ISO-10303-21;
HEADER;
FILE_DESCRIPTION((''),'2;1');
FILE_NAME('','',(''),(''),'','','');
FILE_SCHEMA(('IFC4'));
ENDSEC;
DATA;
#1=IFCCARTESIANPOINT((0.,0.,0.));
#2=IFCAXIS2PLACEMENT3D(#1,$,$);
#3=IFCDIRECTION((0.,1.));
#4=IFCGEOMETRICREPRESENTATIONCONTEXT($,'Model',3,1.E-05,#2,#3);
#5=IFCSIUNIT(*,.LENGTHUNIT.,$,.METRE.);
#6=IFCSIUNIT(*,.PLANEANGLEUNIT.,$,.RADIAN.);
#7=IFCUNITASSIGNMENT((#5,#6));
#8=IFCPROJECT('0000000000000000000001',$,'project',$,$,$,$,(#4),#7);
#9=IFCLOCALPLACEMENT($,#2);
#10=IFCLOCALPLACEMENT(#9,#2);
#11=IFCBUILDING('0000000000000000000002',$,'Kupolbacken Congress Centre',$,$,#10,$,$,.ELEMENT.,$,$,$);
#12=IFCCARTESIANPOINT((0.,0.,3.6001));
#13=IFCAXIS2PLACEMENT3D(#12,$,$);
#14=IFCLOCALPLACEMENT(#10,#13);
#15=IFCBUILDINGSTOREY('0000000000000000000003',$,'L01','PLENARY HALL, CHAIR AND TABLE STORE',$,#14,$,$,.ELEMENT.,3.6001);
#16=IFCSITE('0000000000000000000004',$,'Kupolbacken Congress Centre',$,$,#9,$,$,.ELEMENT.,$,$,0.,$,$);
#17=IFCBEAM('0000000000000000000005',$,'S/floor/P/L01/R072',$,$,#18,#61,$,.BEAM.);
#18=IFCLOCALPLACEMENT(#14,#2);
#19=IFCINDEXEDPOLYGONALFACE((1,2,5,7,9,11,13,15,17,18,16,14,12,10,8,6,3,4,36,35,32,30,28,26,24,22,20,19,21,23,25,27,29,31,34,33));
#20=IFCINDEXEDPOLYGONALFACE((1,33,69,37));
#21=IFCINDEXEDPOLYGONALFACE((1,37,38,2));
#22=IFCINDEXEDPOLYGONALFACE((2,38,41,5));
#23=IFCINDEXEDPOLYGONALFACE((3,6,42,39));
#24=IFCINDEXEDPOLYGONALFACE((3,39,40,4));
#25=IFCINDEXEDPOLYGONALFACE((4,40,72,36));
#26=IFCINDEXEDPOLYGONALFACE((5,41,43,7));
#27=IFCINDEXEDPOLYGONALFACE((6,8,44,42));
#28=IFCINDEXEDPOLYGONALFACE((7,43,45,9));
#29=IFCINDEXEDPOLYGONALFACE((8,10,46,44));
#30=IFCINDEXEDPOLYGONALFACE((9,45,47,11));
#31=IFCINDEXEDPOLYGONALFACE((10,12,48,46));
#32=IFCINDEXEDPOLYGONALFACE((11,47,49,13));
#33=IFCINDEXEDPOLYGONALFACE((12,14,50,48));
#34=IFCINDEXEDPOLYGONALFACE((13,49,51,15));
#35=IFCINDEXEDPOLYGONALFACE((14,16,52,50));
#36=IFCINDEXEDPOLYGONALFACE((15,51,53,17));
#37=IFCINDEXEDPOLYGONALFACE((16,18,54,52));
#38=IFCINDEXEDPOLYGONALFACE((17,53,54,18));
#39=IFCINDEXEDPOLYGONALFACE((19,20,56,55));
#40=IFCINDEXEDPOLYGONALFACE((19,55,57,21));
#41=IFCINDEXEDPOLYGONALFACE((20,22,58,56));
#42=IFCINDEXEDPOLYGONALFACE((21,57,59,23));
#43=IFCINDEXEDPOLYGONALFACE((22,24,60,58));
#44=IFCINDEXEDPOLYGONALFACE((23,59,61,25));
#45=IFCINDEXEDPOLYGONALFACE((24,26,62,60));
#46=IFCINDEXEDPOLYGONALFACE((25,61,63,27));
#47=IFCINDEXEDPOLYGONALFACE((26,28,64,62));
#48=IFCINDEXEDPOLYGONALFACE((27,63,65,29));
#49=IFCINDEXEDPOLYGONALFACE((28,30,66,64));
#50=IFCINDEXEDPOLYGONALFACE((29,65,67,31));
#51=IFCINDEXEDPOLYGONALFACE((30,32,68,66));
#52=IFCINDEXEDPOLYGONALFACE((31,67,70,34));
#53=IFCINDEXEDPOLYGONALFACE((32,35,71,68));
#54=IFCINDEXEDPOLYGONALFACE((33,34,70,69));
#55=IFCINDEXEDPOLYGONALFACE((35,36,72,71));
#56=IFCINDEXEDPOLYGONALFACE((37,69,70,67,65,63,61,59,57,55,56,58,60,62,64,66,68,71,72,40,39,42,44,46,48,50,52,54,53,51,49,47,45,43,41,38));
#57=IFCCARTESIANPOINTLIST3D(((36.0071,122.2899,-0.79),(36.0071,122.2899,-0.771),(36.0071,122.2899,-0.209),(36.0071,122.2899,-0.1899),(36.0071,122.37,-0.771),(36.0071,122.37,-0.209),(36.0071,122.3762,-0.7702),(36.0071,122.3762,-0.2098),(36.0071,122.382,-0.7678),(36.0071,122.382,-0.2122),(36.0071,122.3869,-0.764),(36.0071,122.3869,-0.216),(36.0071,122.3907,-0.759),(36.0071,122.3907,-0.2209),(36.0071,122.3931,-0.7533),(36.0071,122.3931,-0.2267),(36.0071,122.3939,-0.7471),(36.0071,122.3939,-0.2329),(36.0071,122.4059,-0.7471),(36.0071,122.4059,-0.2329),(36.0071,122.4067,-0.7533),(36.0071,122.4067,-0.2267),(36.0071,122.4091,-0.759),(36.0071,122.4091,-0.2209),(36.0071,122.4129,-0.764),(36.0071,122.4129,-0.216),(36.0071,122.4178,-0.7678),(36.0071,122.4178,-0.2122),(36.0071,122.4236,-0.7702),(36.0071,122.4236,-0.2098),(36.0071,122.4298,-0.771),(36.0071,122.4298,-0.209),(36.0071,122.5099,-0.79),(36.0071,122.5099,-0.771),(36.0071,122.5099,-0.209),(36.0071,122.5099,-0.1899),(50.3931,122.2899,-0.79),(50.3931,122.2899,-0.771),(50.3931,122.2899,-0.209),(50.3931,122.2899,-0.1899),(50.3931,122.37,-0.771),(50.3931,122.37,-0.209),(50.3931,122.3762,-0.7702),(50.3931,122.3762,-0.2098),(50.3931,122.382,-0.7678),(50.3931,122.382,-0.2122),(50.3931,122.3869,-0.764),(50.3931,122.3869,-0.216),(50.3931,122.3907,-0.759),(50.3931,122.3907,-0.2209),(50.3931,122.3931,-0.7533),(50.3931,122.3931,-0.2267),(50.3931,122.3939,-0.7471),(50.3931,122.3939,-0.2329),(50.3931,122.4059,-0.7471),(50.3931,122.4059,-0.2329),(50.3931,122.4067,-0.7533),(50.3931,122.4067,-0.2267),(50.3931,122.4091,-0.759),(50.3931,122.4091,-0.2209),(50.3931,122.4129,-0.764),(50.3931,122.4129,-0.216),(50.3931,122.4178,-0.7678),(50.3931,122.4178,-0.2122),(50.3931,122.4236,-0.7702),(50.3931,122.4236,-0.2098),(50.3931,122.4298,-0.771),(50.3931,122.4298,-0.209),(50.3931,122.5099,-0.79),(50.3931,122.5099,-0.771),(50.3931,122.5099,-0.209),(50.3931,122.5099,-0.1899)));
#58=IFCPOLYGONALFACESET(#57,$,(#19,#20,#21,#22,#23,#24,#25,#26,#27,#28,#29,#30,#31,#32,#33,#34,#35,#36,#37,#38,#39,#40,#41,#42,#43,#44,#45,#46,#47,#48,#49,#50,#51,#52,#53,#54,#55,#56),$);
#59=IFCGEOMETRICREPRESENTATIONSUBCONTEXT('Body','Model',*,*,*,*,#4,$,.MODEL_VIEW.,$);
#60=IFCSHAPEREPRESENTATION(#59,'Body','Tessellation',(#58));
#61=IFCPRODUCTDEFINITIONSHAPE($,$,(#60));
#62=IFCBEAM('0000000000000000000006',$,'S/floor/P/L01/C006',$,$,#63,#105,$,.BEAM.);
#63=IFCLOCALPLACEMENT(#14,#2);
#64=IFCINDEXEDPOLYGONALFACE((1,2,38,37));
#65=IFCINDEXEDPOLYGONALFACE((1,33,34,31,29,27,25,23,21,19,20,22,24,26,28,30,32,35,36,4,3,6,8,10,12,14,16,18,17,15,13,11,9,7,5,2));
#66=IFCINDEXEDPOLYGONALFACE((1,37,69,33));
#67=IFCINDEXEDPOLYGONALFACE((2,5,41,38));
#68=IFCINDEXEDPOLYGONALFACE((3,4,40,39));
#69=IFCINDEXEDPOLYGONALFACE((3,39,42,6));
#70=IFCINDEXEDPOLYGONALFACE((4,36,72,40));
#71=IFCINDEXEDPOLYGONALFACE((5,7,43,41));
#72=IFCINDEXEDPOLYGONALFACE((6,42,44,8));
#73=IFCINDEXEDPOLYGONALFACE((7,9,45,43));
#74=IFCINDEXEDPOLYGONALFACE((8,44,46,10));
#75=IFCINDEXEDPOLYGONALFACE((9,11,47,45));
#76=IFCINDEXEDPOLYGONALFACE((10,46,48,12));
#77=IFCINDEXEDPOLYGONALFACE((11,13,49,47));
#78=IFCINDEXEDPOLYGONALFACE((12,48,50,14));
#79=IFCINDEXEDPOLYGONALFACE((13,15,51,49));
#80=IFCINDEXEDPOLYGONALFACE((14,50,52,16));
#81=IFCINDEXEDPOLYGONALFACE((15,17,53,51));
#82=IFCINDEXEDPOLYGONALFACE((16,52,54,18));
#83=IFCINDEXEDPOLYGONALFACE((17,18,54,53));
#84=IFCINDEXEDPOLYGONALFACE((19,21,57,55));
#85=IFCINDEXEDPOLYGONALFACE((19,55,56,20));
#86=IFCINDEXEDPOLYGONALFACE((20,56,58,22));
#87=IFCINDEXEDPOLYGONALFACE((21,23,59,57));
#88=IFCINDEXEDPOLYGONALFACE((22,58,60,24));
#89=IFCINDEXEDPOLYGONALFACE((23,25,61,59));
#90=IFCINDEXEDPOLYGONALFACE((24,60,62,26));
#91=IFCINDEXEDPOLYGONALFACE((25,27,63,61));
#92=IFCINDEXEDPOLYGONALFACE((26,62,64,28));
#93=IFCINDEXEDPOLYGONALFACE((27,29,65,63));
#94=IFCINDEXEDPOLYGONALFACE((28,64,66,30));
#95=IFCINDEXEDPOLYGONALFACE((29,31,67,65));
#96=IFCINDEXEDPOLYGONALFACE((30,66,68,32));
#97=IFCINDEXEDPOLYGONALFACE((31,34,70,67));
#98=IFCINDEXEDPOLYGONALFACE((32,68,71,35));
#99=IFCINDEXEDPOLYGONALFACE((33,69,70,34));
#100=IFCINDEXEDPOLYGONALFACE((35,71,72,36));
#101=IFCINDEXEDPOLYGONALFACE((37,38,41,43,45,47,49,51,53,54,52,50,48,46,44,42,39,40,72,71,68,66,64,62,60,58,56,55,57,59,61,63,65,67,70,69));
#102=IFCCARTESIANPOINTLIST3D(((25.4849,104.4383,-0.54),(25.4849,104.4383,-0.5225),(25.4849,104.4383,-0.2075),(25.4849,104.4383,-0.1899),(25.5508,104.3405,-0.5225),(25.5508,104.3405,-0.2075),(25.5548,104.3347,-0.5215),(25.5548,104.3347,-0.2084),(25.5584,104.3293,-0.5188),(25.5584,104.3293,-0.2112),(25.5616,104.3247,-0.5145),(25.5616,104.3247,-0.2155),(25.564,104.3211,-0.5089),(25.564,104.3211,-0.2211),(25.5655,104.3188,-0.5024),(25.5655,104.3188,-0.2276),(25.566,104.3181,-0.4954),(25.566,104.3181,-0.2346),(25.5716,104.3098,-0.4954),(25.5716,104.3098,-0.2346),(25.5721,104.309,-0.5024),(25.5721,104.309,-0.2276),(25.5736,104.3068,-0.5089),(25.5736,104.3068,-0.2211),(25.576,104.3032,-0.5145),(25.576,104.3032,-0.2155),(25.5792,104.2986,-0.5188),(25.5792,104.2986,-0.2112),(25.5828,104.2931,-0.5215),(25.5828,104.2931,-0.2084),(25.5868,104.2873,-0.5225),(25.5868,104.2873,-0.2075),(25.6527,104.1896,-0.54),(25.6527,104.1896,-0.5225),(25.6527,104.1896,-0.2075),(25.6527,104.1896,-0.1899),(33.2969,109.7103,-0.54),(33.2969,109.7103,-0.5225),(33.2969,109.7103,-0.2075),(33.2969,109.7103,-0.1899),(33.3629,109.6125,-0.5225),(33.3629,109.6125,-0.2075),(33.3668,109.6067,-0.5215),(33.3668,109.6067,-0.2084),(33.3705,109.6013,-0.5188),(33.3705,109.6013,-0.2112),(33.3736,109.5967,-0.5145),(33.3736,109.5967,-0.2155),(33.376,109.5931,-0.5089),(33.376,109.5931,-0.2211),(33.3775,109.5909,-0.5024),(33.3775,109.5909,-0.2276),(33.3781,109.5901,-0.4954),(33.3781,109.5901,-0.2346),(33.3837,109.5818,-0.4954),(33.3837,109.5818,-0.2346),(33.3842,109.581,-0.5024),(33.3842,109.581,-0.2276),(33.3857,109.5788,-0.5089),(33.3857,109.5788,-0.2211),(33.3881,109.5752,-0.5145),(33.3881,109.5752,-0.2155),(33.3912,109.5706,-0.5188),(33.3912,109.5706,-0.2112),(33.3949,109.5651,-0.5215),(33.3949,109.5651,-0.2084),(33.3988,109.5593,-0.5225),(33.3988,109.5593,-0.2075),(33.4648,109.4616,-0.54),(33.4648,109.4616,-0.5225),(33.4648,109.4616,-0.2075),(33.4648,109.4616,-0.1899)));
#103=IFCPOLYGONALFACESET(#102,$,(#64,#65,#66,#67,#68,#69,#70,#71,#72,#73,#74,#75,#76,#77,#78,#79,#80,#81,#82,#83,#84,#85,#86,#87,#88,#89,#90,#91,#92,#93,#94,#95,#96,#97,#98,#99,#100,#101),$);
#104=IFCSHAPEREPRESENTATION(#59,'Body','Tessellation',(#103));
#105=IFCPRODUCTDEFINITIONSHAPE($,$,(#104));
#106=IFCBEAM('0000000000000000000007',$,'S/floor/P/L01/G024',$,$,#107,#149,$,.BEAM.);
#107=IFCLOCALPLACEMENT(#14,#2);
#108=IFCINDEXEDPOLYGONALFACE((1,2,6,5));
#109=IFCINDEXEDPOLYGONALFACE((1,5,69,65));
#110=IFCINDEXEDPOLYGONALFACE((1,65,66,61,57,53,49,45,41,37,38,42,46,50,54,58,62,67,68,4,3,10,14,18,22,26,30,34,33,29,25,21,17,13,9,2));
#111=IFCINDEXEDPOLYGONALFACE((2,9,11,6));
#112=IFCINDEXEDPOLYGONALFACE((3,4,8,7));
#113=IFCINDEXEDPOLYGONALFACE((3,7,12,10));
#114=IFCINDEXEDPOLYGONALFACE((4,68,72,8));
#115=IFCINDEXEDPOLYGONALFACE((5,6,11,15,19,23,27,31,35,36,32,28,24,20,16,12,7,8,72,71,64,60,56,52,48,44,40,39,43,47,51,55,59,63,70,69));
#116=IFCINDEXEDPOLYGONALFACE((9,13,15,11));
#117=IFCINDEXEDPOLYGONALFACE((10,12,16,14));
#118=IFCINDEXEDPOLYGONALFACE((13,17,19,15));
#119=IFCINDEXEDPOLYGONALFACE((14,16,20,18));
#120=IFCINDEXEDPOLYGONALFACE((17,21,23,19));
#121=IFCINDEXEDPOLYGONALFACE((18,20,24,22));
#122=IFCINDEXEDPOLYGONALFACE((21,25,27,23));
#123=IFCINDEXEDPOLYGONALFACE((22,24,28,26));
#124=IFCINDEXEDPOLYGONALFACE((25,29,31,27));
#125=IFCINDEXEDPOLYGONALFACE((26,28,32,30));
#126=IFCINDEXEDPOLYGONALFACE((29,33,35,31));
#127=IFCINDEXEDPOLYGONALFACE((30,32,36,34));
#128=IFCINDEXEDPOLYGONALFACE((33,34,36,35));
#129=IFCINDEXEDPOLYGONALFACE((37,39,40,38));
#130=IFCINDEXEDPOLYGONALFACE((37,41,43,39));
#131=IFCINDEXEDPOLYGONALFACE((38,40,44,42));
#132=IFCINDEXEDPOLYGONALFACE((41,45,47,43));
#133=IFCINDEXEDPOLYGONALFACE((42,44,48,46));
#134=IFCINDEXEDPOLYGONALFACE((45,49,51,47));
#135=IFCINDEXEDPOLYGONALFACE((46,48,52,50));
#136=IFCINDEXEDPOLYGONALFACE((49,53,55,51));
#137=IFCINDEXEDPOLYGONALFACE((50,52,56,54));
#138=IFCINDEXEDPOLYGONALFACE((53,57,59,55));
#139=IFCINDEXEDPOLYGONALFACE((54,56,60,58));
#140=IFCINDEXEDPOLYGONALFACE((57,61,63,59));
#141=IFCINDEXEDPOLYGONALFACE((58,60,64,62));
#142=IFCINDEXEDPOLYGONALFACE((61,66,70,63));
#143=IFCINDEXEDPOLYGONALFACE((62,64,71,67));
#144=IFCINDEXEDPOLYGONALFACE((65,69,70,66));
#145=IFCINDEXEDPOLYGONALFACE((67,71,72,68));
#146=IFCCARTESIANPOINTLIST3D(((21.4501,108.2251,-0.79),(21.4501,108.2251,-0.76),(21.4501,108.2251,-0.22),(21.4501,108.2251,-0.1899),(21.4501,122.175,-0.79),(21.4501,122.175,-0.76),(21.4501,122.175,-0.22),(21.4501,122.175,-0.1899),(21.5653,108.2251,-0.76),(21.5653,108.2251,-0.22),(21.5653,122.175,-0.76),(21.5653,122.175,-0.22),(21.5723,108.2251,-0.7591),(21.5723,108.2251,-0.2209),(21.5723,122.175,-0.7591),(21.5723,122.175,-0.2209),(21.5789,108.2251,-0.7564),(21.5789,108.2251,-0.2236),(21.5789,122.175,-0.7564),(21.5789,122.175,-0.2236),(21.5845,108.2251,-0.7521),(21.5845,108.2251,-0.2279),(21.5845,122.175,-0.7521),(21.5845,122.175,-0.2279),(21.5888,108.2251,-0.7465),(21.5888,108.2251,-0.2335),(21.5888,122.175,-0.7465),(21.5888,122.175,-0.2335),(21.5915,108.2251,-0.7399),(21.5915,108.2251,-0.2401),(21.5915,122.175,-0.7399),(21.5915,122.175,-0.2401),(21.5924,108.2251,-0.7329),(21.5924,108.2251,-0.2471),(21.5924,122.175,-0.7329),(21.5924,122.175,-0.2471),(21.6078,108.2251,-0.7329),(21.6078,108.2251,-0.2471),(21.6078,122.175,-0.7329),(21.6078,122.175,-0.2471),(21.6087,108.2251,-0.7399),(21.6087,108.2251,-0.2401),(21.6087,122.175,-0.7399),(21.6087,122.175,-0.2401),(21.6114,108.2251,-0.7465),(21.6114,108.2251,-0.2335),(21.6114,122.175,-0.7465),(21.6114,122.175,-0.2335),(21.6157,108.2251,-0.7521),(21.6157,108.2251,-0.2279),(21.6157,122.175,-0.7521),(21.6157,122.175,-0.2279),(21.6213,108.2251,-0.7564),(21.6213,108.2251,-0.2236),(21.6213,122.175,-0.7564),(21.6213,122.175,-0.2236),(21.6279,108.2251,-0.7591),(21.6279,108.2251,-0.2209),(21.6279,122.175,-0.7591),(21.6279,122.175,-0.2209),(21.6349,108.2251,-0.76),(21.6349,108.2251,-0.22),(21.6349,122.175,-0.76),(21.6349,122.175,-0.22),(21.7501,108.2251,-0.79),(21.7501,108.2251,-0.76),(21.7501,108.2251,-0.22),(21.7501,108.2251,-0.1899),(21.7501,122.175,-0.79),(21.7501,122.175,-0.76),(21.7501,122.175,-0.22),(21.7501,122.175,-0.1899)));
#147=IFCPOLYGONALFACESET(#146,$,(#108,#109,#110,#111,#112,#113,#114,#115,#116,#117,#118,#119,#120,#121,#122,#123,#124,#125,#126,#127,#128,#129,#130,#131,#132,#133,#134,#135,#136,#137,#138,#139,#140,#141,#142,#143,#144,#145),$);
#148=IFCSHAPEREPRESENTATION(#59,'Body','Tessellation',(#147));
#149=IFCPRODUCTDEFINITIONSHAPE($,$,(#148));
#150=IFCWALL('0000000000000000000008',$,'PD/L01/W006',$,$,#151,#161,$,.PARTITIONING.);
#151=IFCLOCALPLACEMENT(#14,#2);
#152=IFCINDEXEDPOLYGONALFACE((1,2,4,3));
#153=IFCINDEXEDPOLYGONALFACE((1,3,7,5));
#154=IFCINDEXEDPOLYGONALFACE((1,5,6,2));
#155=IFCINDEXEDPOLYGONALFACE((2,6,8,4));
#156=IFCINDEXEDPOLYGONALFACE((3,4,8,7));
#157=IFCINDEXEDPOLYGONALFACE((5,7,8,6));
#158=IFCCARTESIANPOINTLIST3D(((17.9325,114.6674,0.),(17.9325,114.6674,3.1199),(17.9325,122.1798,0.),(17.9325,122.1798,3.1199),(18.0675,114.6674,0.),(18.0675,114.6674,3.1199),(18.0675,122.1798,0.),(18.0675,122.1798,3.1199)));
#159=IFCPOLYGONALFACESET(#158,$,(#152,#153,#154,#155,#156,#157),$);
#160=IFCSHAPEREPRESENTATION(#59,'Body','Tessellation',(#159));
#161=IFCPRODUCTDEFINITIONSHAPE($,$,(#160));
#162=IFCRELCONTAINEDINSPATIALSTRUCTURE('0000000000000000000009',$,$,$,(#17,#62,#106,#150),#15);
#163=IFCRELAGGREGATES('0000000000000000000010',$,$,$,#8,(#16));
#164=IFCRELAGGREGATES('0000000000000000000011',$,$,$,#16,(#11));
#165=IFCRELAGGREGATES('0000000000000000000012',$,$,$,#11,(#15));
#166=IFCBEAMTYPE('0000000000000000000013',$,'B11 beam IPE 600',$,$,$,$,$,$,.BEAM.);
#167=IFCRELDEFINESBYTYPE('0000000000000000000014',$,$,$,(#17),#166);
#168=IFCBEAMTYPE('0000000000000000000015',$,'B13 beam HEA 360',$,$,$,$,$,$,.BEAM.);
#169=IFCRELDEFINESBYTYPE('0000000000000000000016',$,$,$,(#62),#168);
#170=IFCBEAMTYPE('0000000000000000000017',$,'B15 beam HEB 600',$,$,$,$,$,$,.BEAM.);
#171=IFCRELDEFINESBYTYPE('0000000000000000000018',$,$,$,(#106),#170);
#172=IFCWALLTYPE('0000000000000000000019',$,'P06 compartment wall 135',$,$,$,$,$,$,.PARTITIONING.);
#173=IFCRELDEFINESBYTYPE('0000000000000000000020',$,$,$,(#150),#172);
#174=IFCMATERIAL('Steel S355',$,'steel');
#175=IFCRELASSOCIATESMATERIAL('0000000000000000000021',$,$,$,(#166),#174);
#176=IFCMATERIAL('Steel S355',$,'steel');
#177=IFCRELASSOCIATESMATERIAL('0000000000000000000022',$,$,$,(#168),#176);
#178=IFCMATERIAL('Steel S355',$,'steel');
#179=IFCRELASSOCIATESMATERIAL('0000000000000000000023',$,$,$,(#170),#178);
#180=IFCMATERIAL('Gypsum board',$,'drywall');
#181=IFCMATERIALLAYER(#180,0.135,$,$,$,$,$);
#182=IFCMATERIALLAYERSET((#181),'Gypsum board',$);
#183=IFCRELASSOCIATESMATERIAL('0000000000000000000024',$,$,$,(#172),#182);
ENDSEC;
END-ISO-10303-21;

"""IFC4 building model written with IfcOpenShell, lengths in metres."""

from ifc_helpers import new_model, si_unit, direction, frame, frame_2d, origin, origin_2d, place, context, subcontext, project, spatial, rectangle, i_section, extrude, material, layer, layer_set, material_profile, profile_set, type_object, element, save


model = new_model("IFC4")

# Units and contexts
model_context = context("Model", 3, precision=1e-05, world=origin(), true_north=direction((0.0, 1.0)))
body_context = subcontext(model_context, "Body", "Model", "MODEL_VIEW")
ifc_project = project(units=[si_unit("LENGTHUNIT", "METRE"), si_unit("PLANEANGLEUNIT", "RADIAN")], contexts=[model_context])

# Site, building, storey
site_placement = place(None, origin())
site = spatial("IfcSite", under=ifc_project, at=site_placement, Name="Kupolbacken Congress Centre", CompositionType="ELEMENT", RefElevation=0.0)
building_placement = place(site_placement, origin())
building = spatial("IfcBuilding", under=site, at=building_placement, Name="Kupolbacken Congress Centre", CompositionType="ELEMENT")
storey_placement = place(building_placement, frame((0.0, 0.0, 3.6001)))
storey = spatial("IfcBuildingStorey", under=building, at=storey_placement, Name="L01", Description="PLENARY HALL, CHAIR AND TABLE STORE", CompositionType="ELEMENT", Elevation=3.6001)

# Beams
ifc_material_1 = material(Name="Steel S355", Category="steel")
ifc_material_profile_1 = material_profile(ifc_material_1, i_section(OverallWidth=0.22, OverallDepth=0.6001, WebThickness=0.012, FlangeThickness=0.019, FilletRadius=0.0239, at=origin_2d()), Name="IPE 600")
ifc_profile_set_1 = profile_set([ifc_material_profile_1], Name="Steel S355")
beam_type_1 = type_object("IfcBeamType", Name="B11 beam IPE 600", PredefinedType="BEAM", material=ifc_profile_set_1)
for number, where, z_axis, x_axis, name in (
    (1, (36.0071, 122.3999, -0.49), (1.0, 0.0, 0.0), (0.0, 1.0, 0.0), "S/floor/P/L01/R072"),
):
    element("IfcBeam", number, at=place(storey_placement, frame(where, z_axis=z_axis, x_axis=x_axis)), inside=storey, type_object=beam_type_1, Name=name, PredefinedType="BEAM", context=body_context, shape_type="SweptSolid", body=[
        extrude(i_section(OverallWidth=0.22, OverallDepth=0.6001, WebThickness=0.012, FlangeThickness=0.019, FilletRadius=0.0239, at=origin_2d()), origin(), (0.0, 0.0, 1.0), 14.386),
    ])
ifc_material_2 = material(Name="Steel S355", Category="steel")
ifc_material_profile_2 = material_profile(ifc_material_2, i_section(OverallWidth=0.3, OverallDepth=0.3501, WebThickness=0.01, FlangeThickness=0.0176, FilletRadius=0.0271, at=origin_2d()), Name="HEA 360")
ifc_profile_set_2 = profile_set([ifc_material_profile_2], Name="Steel S355")
beam_type_2 = type_object("IfcBeamType", Name="B13 beam HEA 360", PredefinedType="BEAM", material=ifc_profile_set_2)
beam_1_placement = place(storey_placement, frame((33.3809, 109.5859, -0.365), z_axis=(-0.828905, -0.55939, 0.0), x_axis=(0.55939, -0.828905, 0.0)))
element("IfcBeam", 2, at=beam_1_placement, inside=storey, type_object=beam_type_2, Name="S/floor/P/L01/C006", PredefinedType="BEAM", context=body_context, shape_type="SweptSolid", body=[
    extrude(i_section(OverallWidth=0.3, OverallDepth=0.3501, WebThickness=0.01, FlangeThickness=0.0176, FilletRadius=0.0271, at=origin_2d()), origin(), (0.0, 0.0, 1.0), 9.4246),
])
ifc_material_3 = material(Name="Steel S355", Category="steel")
ifc_material_profile_3 = material_profile(ifc_material_3, i_section(OverallWidth=0.3, OverallDepth=0.6001, WebThickness=0.0154, FlangeThickness=0.03, FilletRadius=0.0271, at=origin_2d()), Name="HEB 600")
ifc_profile_set_3 = profile_set([ifc_material_profile_3], Name="Steel S355")
beam_type_3 = type_object("IfcBeamType", Name="B15 beam HEB 600", PredefinedType="BEAM", material=ifc_profile_set_3)
beam_2_placement = place(storey_placement, frame((21.6001, 108.2251, -0.49), z_axis=(0.0, 1.0, 0.0), x_axis=(-1.0, 0.0, 0.0)))
element("IfcBeam", 3, at=beam_2_placement, inside=storey, type_object=beam_type_3, Name="S/floor/P/L01/G024", PredefinedType="BEAM", context=body_context, shape_type="SweptSolid", body=[
    extrude(i_section(OverallWidth=0.3, OverallDepth=0.6001, WebThickness=0.0154, FlangeThickness=0.03, FilletRadius=0.0271, at=origin_2d()), origin(), (0.0, 0.0, 1.0), 13.95),
])

# Wall
ifc_material_4 = material(Name="Gypsum board", Category="drywall")
ifc_layer_1 = layer(ifc_material_4, 0.135)
ifc_layer_set_1 = layer_set([ifc_layer_1], Name="Gypsum board")
wall_type_1 = type_object("IfcWallType", Name="P06 compartment wall 135", PredefinedType="PARTITIONING", material=ifc_layer_set_1)
wall_1_placement = place(storey_placement, frame((18.0, 122.1799, 0.0), z_axis=(0.0, 0.0, 1.0), x_axis=(0.0, -1.0, 0.0)))
element("IfcWall", 4, at=wall_1_placement, inside=storey, type_object=wall_type_1, Name="PD/L01/W006", PredefinedType="PARTITIONING", context=body_context, shape_type="SweptSolid", body=[
    extrude(rectangle(XDim=7.5125, YDim=0.135, at=frame_2d((3.7563, 0.0))), origin(), (0.0, 0.0, 1.0), 3.1199),
])

save(model, "model.ifc")
